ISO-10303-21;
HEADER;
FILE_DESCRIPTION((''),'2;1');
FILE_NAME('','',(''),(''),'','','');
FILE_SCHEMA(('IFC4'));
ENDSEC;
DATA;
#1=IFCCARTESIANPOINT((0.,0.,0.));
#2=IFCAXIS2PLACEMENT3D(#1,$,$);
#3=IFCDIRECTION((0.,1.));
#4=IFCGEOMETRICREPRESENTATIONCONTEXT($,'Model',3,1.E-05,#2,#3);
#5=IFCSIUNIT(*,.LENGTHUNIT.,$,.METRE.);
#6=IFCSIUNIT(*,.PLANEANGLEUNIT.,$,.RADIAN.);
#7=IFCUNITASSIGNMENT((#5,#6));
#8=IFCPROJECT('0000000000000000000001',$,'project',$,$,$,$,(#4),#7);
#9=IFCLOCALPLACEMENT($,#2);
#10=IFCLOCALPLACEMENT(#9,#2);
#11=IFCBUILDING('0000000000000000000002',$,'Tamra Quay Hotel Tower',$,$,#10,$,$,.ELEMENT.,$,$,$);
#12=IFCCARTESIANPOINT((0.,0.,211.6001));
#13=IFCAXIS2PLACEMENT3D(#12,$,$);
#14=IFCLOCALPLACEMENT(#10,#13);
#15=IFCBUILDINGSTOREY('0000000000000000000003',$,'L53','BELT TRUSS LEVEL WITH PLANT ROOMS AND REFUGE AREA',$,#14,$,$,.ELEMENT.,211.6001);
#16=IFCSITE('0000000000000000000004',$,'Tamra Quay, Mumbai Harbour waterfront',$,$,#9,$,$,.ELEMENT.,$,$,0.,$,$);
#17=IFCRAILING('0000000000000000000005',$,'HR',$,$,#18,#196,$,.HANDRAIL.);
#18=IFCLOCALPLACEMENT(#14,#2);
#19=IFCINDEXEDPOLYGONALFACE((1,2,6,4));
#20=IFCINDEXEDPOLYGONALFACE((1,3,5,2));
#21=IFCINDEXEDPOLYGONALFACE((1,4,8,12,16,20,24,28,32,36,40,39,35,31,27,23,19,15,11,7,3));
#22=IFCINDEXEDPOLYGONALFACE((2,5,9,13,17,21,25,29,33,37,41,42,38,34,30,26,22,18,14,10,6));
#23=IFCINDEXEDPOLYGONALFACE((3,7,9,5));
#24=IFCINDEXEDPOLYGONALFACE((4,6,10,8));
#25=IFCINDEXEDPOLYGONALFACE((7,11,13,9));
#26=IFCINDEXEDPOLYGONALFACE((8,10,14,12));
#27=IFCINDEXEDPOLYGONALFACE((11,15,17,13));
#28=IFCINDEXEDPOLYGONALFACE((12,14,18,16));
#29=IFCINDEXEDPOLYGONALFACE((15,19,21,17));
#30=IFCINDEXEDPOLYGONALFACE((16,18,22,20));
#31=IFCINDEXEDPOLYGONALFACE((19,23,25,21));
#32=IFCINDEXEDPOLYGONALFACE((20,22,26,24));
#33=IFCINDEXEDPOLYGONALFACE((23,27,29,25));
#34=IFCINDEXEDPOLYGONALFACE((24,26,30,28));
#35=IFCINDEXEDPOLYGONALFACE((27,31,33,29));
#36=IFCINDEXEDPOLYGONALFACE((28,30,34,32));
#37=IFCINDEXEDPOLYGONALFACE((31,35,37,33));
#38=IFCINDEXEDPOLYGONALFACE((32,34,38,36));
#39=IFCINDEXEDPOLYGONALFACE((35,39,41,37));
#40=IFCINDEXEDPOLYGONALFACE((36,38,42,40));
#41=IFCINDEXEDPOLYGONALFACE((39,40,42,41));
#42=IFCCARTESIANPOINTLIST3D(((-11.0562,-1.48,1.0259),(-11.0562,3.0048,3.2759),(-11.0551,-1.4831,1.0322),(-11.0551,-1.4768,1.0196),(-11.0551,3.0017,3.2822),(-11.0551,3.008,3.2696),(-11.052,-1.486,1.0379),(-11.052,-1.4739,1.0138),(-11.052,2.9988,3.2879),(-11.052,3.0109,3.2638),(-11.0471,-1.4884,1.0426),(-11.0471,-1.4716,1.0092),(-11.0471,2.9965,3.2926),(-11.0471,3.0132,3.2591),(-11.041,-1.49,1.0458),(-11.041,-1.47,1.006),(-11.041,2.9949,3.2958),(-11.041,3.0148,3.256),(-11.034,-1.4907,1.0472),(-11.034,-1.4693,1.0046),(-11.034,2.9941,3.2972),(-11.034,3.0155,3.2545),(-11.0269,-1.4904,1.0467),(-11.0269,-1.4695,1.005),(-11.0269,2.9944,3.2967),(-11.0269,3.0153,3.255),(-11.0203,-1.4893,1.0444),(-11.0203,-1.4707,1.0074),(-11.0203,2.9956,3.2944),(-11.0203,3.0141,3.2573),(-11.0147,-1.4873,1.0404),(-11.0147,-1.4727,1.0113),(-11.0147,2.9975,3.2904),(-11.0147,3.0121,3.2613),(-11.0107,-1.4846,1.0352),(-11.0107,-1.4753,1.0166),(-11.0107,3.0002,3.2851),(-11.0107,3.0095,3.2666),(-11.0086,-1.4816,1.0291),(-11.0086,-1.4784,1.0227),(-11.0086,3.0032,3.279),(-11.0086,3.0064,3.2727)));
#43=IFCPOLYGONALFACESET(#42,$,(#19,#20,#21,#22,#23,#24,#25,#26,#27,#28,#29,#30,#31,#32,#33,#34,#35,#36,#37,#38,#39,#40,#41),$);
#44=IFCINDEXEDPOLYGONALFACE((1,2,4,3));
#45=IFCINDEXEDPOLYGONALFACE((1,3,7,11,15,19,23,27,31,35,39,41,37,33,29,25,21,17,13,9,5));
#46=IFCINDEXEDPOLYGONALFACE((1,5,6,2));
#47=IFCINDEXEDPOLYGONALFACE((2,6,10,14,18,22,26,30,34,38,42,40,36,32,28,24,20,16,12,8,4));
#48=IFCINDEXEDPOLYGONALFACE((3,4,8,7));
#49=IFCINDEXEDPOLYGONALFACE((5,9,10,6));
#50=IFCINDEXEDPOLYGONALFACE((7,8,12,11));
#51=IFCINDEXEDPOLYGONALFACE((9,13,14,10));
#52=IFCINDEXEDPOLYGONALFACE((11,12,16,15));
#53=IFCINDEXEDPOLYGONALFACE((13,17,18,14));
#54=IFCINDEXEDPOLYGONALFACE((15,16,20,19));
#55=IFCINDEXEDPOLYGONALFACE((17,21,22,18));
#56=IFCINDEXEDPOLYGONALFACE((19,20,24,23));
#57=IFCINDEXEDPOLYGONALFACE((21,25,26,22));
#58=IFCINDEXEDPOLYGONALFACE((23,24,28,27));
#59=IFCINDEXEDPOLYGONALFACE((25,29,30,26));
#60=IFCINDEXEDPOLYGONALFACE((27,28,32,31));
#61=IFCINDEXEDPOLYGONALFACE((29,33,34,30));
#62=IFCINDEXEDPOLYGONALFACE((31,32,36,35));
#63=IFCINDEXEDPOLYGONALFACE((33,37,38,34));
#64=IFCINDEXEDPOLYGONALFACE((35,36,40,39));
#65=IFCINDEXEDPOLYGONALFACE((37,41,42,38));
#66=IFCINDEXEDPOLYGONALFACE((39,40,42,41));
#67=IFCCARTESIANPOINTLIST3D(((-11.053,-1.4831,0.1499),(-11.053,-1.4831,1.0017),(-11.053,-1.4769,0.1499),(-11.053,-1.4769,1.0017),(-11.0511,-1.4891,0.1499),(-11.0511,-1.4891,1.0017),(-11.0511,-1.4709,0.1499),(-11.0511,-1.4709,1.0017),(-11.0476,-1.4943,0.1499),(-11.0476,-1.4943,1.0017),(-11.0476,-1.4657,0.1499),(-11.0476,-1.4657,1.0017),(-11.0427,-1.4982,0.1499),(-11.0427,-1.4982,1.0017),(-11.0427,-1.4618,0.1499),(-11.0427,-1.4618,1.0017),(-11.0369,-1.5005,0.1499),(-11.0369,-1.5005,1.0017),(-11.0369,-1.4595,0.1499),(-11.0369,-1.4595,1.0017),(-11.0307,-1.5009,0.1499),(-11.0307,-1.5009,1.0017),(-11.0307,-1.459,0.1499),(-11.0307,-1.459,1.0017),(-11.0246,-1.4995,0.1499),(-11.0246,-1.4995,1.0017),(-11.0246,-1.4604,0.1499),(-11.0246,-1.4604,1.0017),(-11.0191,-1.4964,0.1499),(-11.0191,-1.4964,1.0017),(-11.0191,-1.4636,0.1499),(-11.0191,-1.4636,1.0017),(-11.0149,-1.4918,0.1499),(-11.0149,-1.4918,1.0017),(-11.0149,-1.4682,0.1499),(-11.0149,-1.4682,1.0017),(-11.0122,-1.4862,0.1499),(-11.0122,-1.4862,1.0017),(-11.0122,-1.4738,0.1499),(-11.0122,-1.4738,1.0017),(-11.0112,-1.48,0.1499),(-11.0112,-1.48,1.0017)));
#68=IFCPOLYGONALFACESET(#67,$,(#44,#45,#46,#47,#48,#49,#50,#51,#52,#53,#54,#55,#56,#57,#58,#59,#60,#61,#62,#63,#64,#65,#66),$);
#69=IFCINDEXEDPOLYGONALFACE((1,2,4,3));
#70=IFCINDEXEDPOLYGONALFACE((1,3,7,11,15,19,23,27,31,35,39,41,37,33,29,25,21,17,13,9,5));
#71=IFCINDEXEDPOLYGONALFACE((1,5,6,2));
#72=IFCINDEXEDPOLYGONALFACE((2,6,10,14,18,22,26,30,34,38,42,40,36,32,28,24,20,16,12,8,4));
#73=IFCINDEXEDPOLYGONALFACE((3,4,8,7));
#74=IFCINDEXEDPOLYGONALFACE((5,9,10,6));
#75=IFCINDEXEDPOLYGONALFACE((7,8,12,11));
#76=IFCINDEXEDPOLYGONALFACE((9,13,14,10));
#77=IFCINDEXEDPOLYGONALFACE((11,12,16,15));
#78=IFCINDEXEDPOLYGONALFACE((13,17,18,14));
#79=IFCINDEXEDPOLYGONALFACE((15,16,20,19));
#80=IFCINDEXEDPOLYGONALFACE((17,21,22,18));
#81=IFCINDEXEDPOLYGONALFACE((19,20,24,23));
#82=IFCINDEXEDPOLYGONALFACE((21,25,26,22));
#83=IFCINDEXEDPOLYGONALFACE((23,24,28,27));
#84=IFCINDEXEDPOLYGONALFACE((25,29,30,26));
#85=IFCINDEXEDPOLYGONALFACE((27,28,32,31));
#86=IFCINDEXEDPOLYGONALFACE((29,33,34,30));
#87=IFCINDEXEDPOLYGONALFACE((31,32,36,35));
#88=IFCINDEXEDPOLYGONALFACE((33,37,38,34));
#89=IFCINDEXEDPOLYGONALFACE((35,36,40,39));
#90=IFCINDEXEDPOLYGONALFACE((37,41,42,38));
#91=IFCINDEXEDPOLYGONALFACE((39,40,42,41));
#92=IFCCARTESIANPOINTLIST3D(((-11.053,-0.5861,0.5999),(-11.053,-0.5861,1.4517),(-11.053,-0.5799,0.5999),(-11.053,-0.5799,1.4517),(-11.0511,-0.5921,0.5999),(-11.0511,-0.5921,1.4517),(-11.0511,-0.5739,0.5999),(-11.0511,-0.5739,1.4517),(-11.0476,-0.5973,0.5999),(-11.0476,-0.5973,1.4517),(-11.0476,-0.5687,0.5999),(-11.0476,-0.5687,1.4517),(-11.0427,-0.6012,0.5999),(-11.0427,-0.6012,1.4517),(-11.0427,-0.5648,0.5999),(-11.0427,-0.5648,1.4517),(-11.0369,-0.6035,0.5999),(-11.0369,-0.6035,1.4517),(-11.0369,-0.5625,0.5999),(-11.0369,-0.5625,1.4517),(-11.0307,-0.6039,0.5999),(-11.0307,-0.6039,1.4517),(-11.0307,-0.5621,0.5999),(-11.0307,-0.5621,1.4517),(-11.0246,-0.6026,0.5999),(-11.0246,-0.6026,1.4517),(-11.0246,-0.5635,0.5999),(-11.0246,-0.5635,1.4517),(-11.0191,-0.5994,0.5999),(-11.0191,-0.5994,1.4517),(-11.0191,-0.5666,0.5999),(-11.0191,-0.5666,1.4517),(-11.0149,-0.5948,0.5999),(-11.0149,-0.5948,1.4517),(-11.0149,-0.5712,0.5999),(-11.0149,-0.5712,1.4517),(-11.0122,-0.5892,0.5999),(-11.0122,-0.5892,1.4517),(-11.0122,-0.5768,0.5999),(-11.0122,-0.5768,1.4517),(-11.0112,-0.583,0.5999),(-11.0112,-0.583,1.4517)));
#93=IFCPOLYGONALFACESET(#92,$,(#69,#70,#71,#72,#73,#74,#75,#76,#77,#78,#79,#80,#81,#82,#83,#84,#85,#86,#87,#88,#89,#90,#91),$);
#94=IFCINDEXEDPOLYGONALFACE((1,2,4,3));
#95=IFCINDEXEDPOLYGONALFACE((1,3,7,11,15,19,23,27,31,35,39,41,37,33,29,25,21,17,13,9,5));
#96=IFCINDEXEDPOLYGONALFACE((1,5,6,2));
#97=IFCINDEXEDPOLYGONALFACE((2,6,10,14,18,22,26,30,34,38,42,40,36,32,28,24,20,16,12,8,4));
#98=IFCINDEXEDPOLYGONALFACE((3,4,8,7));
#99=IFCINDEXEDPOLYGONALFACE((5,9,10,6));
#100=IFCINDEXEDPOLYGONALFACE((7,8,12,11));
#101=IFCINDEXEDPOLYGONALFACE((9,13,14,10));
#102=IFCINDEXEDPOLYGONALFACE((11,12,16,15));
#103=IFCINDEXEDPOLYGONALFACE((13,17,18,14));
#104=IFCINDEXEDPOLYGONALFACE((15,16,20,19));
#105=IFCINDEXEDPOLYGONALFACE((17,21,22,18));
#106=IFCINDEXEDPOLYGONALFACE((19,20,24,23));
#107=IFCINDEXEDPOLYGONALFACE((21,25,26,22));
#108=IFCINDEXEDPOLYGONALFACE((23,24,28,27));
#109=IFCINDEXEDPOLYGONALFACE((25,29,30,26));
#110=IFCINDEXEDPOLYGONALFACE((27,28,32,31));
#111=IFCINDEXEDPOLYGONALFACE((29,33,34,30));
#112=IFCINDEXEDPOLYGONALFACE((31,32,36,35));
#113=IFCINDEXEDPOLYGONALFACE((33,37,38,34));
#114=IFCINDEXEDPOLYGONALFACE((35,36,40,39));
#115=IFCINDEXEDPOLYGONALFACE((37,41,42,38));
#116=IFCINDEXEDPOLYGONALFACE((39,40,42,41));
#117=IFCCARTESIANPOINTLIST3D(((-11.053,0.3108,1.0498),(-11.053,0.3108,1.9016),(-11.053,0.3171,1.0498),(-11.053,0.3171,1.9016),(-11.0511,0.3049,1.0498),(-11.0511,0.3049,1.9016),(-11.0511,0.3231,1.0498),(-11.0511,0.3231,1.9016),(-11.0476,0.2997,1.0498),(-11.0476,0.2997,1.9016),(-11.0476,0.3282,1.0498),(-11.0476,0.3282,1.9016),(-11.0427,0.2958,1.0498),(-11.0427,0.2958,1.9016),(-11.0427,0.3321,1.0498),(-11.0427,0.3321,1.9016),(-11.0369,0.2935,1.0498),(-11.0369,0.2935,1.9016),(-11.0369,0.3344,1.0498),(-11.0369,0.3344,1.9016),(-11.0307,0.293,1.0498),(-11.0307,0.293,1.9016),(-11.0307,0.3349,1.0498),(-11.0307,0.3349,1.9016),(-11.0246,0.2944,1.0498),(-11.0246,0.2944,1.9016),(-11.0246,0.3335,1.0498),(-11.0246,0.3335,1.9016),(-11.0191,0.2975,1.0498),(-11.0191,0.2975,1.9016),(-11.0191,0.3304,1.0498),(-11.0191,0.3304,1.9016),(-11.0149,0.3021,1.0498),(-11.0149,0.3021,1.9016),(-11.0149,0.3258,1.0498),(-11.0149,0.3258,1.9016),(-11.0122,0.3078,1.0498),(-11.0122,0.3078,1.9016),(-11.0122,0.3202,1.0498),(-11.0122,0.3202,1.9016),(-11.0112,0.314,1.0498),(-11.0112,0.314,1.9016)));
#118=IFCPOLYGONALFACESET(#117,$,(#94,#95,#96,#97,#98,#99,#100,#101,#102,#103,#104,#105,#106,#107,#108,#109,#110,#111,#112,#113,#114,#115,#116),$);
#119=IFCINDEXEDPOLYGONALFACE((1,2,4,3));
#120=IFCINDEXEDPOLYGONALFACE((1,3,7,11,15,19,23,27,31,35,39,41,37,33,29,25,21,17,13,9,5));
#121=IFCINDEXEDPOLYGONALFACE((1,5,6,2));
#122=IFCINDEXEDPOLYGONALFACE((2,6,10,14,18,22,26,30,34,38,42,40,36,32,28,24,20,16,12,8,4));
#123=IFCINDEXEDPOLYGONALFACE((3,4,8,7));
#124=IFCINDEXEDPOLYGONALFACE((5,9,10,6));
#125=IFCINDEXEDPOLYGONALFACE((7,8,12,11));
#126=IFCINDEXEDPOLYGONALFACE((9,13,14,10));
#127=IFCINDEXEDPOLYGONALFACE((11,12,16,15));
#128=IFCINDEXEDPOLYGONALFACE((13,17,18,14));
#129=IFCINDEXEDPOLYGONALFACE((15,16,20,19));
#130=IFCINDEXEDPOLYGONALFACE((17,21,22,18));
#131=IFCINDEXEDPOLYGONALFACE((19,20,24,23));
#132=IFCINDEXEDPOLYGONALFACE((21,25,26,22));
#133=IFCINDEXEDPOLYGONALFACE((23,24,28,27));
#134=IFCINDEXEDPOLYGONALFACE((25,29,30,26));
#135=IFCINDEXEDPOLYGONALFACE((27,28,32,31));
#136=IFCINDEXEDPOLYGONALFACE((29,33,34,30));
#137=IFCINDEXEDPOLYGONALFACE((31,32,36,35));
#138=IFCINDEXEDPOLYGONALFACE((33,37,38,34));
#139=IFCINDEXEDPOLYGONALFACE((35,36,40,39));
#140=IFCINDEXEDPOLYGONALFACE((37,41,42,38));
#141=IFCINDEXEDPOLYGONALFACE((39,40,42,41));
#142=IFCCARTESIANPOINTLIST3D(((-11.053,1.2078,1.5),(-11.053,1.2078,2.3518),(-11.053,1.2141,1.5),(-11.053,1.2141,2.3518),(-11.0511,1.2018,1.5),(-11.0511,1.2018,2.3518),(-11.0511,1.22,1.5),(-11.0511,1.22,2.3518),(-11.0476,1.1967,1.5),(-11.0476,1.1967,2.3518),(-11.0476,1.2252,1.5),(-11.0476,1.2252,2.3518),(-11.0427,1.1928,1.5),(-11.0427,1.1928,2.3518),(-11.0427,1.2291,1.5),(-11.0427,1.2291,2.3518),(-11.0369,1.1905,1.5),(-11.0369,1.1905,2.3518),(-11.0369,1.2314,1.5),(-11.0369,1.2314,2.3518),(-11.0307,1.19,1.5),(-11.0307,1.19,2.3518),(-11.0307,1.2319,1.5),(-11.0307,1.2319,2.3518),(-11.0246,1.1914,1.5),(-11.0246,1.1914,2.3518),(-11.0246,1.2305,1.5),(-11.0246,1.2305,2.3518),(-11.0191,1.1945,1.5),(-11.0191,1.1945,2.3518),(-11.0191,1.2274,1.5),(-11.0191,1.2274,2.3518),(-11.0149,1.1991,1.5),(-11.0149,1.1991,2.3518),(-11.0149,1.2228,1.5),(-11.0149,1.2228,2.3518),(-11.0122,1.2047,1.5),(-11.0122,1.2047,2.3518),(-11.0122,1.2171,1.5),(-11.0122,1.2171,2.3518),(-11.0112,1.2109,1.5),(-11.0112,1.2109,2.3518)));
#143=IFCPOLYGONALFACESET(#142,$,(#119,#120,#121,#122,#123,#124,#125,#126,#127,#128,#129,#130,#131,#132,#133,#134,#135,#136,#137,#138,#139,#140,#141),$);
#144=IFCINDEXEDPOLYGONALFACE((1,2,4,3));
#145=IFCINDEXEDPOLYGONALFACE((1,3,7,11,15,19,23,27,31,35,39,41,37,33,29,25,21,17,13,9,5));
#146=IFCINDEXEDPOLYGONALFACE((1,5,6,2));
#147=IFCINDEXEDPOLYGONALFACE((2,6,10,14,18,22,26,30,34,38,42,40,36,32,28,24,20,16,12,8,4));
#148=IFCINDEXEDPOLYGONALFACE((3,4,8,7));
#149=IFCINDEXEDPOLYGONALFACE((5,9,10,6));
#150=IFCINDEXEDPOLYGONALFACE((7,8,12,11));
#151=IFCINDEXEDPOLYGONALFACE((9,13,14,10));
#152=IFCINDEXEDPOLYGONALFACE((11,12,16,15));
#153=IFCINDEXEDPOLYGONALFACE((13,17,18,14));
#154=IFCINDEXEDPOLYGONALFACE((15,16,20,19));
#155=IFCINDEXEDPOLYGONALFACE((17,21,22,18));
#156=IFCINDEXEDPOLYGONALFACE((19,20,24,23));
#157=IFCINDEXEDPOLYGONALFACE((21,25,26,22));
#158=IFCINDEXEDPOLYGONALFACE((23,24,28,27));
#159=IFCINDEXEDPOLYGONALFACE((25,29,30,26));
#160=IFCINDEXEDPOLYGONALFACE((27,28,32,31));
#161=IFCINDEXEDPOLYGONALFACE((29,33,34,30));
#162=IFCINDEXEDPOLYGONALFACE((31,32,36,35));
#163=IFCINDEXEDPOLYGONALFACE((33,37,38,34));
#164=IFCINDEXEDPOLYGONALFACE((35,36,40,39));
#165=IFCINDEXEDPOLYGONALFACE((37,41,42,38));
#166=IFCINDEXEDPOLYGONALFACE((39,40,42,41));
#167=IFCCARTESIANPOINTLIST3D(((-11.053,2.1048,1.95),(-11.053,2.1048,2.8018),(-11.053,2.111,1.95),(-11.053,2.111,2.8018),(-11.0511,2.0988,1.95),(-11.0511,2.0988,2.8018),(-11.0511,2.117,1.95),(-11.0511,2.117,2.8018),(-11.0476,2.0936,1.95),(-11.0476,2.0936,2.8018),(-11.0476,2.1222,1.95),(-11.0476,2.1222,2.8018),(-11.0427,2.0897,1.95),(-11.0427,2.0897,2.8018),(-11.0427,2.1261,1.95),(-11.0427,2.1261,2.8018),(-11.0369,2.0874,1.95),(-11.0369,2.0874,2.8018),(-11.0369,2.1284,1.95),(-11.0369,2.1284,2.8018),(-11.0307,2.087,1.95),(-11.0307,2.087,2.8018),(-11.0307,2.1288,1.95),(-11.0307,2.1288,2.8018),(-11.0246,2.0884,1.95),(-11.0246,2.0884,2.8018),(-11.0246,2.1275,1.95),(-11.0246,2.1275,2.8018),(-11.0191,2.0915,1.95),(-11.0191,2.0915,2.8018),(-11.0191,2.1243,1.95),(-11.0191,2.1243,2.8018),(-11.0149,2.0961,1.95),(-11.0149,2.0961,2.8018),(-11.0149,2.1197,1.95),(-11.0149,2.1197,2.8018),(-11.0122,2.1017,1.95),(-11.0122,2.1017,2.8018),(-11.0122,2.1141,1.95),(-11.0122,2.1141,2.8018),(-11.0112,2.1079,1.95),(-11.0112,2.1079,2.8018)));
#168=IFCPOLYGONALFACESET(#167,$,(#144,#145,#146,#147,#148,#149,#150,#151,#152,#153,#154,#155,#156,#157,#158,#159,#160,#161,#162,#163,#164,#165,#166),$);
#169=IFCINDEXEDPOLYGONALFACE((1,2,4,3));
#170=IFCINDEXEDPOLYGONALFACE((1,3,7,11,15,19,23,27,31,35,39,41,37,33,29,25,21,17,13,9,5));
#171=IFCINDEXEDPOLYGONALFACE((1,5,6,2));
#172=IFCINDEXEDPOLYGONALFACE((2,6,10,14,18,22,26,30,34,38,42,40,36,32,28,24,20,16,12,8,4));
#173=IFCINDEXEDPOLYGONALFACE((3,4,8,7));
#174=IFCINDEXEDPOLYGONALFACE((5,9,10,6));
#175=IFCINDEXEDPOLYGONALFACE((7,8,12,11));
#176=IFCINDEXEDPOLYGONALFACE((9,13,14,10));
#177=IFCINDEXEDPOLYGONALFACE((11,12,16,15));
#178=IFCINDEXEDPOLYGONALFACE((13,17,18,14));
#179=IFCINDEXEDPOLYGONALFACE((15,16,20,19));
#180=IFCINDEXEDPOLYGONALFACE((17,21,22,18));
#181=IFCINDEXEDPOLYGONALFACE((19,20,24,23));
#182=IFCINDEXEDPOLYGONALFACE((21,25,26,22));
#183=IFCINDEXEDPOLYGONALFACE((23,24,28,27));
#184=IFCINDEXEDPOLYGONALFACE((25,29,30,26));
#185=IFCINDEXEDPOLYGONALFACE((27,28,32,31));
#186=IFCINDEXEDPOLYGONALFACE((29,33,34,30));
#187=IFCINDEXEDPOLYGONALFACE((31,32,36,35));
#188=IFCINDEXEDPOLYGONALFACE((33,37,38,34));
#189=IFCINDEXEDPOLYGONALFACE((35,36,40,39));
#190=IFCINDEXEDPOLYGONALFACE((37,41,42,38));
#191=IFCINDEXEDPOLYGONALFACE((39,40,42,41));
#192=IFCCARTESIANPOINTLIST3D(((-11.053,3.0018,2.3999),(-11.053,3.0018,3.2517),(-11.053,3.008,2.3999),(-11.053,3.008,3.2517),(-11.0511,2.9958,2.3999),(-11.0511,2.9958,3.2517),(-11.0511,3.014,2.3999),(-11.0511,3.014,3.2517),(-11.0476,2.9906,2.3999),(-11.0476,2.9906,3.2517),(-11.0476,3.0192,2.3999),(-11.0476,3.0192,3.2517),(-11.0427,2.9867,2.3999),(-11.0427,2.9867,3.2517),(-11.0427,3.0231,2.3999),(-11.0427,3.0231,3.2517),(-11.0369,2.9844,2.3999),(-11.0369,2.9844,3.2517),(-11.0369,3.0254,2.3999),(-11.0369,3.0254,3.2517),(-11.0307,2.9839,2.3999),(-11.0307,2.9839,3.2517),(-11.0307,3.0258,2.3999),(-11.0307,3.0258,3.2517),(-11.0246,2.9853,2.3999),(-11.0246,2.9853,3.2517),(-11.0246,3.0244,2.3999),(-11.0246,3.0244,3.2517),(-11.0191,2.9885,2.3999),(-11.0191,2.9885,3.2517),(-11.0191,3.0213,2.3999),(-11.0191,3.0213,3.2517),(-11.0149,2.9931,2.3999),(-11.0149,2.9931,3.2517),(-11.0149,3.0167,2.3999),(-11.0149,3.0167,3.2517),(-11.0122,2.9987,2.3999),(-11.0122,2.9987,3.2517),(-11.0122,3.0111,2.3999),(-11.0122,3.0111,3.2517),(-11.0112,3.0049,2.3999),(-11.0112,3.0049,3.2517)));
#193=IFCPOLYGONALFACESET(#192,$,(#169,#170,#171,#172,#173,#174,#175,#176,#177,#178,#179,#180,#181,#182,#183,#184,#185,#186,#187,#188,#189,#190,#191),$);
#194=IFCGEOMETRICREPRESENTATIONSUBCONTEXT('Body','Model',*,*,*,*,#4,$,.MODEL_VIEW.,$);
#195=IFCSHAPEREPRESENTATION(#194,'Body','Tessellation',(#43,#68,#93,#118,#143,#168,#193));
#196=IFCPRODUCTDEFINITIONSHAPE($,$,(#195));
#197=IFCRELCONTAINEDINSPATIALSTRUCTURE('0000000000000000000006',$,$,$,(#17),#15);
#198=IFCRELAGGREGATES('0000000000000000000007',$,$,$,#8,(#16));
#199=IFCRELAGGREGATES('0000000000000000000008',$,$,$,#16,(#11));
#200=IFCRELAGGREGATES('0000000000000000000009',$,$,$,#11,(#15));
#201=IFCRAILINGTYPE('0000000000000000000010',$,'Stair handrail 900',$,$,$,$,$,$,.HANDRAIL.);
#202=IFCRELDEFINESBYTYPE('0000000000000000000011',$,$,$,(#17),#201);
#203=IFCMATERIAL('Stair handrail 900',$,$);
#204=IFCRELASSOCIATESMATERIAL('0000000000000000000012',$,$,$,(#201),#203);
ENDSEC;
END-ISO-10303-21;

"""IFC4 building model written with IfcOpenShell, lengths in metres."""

from ifc_helpers import new_model, si_unit, direction, frame, origin, origin_2d, place, context, subcontext, project, spatial, circle, extrude, material, type_object, element, save


model = new_model("IFC4")

# Units and contexts
model_context = context("Model", 3, precision=1e-05, world=origin(), true_north=direction((0.0, 1.0)))
body_context = subcontext(model_context, "Body", "Model", "MODEL_VIEW")
ifc_project = project(units=[si_unit("LENGTHUNIT", "METRE"), si_unit("PLANEANGLEUNIT", "RADIAN")], contexts=[model_context])

# Site, building, storey
site_placement = place(None, origin())
site = spatial("IfcSite", under=ifc_project, at=site_placement, Name="Tamra Quay, Mumbai Harbour waterfront", CompositionType="ELEMENT", RefElevation=0.0)
building_placement = place(site_placement, origin())
building = spatial("IfcBuilding", under=site, at=building_placement, Name="Tamra Quay Hotel Tower", CompositionType="ELEMENT")
storey_placement = place(building_placement, frame((0.0, 0.0, 211.6001)))
storey = spatial("IfcBuildingStorey", under=building, at=storey_placement, Name="L53", Description="BELT TRUSS LEVEL WITH PLANT ROOMS AND REFUGE AREA", CompositionType="ELEMENT", Elevation=211.6001)

# Railing
ifc_material_1 = material(Name="Stair handrail 900")
railing_type_1 = type_object("IfcRailingType", Name="Stair handrail 900", PredefinedType="HANDRAIL", material=ifc_material_1)
railing_1_placement = place(storey_placement, frame((-11.0322, -1.48, 0.1499)))
element("IfcRailing", 1, at=railing_1_placement, inside=storey, type_object=railing_type_1, Name="HR", PredefinedType="HANDRAIL", context=body_context, shape_type="SweptSolid", body=[
    extrude(circle(Radius=0.0239, at=origin_2d()), frame((0.0, 0.0, 0.876), z_axis=(0.0, 0.893823, 0.44842), x_axis=(-1.0, 0.0, 0.0)), (0.0, 0.0, 1.0), 5.0176),
    extrude(circle(Radius=0.021, at=origin_2d()), origin(), (0.0, 0.0, 1.0), 0.8518),
    extrude(circle(Radius=0.021, at=origin_2d()), frame((0.0, 0.897, 0.45)), (0.0, 0.0, 1.0), 0.8518),
    extrude(circle(Radius=0.021, at=origin_2d()), frame((0.0, 1.7939, 0.8999)), (0.0, 0.0, 1.0), 0.8518),
    extrude(circle(Radius=0.021, at=origin_2d()), frame((0.0, 2.6909, 1.3501)), (0.0, 0.0, 1.0), 0.8518),
    extrude(circle(Radius=0.021, at=origin_2d()), frame((0.0, 3.5879, 1.8)), (0.0, 0.0, 1.0), 0.8518),
    extrude(circle(Radius=0.021, at=origin_2d()), frame((0.0, 4.4849, 2.25)), (0.0, 0.0, 1.0), 0.8518),
])

save(model, "model.ifc")
